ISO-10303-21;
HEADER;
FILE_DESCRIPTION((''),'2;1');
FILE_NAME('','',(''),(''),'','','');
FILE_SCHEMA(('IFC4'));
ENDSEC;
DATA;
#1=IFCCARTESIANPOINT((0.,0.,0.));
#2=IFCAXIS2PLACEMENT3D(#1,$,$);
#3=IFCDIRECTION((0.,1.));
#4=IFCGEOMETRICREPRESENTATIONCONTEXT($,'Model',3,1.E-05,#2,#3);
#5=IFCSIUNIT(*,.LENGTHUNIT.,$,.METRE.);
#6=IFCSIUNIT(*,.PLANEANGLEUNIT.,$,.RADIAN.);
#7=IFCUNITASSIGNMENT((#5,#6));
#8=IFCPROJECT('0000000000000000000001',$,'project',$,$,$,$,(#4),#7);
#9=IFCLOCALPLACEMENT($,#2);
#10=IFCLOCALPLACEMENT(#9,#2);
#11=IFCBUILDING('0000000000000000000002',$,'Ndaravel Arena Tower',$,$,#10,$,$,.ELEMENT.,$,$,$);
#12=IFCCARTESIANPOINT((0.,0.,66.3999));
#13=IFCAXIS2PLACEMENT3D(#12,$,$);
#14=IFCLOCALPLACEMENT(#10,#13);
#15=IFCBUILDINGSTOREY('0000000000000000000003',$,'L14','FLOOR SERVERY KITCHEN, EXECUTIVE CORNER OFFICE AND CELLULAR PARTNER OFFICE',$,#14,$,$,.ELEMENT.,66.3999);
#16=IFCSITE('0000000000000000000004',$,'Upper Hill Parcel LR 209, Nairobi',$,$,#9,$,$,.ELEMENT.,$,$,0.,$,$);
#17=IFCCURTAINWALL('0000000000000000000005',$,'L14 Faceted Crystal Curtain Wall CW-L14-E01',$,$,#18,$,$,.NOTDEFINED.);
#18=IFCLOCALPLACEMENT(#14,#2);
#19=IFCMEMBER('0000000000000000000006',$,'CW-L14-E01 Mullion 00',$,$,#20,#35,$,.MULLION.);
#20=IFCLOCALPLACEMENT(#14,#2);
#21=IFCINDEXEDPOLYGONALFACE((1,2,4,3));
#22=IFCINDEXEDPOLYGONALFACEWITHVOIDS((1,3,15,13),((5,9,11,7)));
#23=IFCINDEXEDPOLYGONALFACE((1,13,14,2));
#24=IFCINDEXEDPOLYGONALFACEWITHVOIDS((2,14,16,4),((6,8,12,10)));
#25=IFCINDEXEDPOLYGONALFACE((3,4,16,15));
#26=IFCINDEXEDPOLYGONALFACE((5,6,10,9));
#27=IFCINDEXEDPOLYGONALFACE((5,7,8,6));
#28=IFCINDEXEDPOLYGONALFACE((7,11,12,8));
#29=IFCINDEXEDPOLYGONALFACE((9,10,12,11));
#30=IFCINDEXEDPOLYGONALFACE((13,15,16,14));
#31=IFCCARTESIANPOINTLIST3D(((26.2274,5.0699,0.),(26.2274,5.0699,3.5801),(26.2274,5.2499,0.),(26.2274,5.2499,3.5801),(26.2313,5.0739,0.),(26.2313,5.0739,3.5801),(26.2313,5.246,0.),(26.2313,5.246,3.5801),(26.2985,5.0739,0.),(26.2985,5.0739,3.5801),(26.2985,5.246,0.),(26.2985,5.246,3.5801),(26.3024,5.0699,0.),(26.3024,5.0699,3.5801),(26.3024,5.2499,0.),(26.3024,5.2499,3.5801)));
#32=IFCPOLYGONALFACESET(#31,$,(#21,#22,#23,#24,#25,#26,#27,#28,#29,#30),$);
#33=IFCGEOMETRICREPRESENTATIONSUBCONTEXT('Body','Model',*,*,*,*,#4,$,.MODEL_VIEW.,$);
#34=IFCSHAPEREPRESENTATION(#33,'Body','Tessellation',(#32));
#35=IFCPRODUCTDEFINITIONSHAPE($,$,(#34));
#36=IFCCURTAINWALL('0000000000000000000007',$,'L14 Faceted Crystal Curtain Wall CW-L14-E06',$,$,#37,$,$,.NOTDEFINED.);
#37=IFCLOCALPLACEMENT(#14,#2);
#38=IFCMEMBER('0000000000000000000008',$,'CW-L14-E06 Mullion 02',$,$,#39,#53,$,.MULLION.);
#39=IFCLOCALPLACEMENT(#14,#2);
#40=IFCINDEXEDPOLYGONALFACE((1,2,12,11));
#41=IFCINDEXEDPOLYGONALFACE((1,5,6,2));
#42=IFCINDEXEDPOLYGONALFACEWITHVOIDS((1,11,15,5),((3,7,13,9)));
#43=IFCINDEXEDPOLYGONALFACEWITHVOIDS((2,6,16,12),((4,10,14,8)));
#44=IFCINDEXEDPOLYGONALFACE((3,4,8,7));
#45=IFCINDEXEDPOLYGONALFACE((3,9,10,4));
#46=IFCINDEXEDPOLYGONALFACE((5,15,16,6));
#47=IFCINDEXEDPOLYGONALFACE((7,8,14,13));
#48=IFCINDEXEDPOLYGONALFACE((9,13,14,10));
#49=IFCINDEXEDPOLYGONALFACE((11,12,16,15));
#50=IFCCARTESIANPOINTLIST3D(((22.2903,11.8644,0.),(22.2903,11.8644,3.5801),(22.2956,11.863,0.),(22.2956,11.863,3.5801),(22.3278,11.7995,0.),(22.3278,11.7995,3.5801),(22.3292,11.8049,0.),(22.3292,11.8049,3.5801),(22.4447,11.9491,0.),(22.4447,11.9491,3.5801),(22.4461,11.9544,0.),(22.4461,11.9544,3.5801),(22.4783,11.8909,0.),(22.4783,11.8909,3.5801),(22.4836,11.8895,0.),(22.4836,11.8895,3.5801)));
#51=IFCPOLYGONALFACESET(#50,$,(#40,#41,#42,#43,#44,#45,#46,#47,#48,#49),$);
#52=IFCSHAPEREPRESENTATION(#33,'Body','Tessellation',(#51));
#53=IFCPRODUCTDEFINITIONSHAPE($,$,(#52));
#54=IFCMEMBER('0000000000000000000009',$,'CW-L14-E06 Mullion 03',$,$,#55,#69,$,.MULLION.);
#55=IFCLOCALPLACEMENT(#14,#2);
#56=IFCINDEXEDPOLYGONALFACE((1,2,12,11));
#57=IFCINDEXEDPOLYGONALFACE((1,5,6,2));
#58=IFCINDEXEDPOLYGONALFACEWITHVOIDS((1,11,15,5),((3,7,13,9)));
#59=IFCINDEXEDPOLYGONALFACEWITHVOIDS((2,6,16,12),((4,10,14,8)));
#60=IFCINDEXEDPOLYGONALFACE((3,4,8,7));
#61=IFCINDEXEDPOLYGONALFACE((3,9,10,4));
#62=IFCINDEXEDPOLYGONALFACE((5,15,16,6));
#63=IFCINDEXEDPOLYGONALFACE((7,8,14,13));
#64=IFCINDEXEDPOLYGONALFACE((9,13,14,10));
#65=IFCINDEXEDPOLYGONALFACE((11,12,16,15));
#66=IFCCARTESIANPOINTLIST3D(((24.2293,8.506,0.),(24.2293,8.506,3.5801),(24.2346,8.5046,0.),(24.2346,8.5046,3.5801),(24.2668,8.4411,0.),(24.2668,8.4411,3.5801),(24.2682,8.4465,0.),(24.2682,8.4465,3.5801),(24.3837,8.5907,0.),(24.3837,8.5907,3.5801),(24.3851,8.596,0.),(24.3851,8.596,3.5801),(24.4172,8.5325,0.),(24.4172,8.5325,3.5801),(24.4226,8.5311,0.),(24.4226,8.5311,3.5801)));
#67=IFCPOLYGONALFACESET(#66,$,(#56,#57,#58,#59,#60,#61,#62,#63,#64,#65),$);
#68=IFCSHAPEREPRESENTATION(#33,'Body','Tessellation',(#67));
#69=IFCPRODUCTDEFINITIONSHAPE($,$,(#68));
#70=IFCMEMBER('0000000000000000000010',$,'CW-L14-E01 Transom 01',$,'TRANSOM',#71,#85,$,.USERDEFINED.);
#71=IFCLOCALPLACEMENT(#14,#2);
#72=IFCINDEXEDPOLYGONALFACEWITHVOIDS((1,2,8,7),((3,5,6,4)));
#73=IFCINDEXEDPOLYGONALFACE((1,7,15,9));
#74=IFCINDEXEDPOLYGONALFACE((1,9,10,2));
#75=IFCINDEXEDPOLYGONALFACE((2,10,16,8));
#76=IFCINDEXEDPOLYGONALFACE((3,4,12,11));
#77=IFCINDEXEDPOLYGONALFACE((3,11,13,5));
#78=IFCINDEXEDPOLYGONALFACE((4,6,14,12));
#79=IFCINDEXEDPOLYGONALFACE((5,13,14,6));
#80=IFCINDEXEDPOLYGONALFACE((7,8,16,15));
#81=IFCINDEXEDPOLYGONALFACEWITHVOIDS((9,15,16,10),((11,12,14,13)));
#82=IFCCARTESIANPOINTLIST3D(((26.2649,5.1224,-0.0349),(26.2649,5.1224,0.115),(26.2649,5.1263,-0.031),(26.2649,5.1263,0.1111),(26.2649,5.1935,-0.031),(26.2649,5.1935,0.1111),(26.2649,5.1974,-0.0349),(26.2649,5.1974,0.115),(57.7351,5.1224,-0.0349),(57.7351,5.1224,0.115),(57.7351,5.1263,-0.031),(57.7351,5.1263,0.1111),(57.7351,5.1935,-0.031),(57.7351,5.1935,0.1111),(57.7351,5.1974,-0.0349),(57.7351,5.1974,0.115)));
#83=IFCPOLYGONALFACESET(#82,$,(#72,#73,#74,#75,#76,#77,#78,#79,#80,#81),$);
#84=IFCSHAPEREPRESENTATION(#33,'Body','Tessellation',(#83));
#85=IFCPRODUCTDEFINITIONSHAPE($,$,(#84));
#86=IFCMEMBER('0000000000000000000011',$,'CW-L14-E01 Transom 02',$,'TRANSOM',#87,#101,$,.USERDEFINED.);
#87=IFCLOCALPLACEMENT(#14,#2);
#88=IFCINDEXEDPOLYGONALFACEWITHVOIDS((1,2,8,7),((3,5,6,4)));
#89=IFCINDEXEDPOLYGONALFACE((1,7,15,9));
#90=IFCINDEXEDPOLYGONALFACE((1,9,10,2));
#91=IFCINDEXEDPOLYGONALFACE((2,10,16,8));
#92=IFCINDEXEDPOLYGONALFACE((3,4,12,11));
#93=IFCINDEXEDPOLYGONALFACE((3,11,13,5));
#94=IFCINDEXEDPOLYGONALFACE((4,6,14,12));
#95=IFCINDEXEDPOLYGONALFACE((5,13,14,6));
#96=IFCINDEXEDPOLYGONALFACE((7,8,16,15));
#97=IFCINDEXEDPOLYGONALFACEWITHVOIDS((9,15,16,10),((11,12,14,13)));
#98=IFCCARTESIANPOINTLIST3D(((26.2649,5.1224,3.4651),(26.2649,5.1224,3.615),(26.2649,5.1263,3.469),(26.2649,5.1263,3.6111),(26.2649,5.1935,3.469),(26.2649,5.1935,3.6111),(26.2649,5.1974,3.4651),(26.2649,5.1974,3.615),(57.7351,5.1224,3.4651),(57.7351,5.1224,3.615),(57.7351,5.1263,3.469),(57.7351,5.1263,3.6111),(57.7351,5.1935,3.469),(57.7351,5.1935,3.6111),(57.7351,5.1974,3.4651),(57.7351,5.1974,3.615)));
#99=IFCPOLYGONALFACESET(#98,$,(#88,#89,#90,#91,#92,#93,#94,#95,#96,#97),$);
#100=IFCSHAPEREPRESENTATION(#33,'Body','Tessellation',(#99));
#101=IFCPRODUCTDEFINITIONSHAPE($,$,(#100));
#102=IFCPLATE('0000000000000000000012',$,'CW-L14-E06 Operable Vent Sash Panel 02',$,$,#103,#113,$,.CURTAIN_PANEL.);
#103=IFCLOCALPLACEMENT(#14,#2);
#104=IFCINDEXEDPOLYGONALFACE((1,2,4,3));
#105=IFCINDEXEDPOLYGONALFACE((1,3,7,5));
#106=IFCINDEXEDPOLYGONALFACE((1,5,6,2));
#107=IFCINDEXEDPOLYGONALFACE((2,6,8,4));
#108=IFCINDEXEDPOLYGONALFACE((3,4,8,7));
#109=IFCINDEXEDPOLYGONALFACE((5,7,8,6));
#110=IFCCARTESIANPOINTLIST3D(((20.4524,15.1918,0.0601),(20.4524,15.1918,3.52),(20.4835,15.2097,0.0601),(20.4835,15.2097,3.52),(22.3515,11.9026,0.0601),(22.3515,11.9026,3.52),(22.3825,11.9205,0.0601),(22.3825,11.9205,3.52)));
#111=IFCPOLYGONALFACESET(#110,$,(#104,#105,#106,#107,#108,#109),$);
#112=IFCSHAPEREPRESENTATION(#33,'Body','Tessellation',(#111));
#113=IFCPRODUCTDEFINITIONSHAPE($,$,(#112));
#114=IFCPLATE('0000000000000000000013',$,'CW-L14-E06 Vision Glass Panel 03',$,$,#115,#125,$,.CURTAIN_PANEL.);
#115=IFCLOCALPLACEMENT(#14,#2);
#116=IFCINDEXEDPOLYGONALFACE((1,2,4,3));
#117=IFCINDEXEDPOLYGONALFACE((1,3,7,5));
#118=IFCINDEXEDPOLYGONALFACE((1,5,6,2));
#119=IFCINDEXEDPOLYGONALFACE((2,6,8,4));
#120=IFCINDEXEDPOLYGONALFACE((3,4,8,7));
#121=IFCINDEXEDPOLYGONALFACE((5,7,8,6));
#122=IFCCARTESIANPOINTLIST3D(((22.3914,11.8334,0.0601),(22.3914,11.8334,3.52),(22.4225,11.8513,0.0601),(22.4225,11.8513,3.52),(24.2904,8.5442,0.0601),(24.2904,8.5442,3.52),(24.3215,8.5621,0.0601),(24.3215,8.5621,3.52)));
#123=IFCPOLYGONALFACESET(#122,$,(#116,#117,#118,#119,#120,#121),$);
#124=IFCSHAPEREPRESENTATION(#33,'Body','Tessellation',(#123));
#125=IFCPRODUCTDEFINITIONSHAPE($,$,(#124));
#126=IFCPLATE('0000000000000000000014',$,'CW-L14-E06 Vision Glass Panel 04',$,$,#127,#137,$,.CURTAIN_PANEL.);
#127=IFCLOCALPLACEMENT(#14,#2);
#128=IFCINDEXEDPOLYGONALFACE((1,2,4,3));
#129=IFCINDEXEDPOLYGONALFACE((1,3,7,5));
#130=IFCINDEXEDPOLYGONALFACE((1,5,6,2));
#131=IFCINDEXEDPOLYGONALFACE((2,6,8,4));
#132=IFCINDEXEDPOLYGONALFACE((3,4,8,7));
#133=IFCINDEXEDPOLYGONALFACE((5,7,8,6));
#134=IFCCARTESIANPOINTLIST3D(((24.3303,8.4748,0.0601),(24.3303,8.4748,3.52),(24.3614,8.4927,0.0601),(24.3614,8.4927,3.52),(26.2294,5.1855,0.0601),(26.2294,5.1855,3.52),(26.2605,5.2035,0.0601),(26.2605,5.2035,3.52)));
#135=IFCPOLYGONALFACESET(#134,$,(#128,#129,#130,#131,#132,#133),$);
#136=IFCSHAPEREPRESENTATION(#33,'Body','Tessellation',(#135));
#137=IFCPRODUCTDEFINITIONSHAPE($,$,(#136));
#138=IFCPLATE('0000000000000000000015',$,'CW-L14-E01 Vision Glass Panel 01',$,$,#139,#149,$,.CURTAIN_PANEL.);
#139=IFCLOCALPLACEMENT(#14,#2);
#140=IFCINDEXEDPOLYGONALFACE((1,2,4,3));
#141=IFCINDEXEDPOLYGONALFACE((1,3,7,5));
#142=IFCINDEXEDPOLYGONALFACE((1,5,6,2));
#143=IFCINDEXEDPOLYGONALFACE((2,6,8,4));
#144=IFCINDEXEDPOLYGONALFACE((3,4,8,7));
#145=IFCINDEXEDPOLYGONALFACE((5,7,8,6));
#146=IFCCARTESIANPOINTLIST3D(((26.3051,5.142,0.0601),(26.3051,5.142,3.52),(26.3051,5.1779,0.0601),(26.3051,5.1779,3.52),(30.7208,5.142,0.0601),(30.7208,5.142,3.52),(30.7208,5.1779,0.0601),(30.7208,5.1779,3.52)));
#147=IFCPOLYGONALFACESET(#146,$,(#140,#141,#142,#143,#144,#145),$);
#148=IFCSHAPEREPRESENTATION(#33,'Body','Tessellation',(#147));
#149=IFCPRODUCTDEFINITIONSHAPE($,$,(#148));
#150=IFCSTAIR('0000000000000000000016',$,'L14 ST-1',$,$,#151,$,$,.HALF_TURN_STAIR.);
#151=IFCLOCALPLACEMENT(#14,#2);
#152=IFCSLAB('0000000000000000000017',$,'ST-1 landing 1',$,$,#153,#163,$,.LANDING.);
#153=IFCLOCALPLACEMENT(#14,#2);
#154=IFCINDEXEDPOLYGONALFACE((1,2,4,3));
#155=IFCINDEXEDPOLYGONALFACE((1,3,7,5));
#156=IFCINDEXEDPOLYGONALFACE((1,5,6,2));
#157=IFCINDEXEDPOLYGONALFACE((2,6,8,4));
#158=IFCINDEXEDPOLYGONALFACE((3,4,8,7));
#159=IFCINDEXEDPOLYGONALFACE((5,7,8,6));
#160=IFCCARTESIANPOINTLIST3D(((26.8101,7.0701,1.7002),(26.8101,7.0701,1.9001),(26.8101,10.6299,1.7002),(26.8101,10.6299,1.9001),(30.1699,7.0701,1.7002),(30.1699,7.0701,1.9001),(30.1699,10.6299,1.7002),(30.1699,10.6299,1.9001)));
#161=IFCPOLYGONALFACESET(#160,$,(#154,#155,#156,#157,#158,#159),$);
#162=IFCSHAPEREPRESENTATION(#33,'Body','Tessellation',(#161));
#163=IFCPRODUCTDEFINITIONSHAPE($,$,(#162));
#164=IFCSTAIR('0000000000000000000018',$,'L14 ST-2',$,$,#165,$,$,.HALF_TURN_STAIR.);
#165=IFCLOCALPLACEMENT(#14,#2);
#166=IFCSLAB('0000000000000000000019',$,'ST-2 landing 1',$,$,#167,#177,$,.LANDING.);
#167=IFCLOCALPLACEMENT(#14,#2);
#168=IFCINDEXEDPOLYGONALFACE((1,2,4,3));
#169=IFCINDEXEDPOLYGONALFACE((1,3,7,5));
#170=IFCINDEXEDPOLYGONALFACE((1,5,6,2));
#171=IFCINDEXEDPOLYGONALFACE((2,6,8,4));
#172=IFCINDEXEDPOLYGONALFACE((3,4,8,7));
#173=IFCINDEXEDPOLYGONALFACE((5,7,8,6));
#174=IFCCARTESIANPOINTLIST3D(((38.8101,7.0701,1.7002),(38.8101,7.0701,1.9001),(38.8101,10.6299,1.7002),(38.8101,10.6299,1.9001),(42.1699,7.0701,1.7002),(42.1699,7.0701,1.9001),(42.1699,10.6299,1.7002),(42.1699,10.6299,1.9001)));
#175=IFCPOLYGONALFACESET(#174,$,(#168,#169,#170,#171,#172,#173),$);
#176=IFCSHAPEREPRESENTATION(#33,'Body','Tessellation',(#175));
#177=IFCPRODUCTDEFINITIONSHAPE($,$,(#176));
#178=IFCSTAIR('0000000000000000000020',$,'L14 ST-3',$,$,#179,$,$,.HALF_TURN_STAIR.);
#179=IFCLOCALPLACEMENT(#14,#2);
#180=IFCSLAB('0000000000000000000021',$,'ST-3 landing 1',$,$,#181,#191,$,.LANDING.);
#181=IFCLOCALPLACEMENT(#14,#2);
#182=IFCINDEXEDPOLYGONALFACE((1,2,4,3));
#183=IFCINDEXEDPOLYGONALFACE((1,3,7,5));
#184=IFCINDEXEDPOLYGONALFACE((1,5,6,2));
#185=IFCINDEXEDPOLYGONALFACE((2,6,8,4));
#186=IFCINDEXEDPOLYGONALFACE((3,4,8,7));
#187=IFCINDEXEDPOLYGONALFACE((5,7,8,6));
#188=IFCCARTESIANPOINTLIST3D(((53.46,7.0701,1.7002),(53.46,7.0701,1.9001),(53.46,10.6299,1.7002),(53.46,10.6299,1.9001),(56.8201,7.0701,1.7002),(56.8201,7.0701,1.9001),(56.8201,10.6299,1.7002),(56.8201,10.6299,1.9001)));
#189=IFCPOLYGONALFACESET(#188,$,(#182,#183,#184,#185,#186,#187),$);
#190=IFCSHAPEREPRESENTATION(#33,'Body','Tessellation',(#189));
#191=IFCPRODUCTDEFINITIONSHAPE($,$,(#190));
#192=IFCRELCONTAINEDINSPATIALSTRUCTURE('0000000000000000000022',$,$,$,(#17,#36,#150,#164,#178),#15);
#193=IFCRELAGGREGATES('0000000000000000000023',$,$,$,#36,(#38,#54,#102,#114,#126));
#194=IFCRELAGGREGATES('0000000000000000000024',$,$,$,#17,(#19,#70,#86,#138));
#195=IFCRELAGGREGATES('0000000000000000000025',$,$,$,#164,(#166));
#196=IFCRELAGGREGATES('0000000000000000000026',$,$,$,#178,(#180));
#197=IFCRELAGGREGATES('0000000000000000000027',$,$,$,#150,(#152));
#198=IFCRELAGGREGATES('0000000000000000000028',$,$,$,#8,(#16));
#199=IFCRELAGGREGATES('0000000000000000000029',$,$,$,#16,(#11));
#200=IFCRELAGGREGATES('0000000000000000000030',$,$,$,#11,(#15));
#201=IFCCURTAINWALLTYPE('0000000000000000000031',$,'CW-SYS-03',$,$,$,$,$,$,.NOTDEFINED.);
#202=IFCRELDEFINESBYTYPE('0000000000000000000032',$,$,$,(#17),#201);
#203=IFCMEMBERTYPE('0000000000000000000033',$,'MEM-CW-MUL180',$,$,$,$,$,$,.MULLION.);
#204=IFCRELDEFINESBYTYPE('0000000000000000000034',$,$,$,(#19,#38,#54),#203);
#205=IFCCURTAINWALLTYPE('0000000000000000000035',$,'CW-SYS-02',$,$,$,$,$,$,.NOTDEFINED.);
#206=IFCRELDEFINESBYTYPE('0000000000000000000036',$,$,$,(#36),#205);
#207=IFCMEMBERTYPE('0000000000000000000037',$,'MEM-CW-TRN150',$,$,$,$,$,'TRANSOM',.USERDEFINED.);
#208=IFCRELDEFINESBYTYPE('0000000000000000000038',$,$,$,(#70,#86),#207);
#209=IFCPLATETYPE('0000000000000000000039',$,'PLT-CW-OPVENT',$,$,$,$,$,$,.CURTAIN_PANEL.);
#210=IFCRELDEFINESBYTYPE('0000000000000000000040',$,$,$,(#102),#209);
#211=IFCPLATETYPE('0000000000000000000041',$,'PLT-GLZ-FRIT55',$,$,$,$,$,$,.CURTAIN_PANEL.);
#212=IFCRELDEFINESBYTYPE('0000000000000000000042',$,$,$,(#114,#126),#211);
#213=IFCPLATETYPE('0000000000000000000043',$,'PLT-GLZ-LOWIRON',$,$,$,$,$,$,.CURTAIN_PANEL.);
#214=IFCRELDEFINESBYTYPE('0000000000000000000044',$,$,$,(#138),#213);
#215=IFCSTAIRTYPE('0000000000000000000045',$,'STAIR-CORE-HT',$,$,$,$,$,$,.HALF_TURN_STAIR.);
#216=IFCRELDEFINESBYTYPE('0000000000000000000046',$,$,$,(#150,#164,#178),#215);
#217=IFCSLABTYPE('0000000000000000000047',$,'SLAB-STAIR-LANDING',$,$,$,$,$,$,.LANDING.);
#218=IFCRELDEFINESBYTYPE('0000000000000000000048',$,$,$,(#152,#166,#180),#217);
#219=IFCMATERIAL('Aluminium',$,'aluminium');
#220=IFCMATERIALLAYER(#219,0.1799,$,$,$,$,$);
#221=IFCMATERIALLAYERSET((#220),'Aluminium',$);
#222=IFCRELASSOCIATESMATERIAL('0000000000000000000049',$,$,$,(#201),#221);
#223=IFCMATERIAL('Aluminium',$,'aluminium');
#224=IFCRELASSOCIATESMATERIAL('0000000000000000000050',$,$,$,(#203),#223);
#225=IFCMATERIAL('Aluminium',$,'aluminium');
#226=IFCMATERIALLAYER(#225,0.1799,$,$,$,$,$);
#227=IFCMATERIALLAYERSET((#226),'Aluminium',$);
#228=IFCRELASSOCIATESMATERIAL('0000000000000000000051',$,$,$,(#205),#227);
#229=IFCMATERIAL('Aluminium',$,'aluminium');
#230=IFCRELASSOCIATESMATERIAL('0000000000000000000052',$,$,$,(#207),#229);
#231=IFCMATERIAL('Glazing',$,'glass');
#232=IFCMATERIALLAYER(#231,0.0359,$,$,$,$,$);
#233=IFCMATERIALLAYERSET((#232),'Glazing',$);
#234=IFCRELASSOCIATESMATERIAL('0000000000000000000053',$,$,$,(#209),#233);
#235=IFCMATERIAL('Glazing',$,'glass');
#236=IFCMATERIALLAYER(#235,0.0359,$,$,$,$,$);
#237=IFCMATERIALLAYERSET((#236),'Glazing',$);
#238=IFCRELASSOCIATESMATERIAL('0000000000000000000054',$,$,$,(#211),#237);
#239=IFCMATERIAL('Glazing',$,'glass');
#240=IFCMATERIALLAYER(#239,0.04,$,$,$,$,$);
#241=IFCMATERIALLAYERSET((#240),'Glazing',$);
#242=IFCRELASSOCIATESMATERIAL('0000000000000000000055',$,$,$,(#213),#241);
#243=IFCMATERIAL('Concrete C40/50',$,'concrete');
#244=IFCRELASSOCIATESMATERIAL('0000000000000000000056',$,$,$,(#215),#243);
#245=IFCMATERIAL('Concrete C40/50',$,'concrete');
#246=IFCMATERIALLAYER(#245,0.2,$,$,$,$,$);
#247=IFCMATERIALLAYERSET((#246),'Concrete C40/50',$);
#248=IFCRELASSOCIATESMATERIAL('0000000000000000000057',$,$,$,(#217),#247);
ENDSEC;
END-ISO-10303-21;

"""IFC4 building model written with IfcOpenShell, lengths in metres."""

from ifc_helpers import new_model, si_unit, direction, frame, origin, origin_2d, place, context, subcontext, project, spatial, polyline, rectangle, hollow_rectangle, outline, extrude, material, layer, layer_set, material_profile, profile_set, type_object, element, aggregate, save


model = new_model("IFC4")

# Units and contexts
model_context = context("Model", 3, precision=1e-05, world=origin(), true_north=direction((0.0, 1.0)))
body_context = subcontext(model_context, "Body", "Model", "MODEL_VIEW")
ifc_project = project(units=[si_unit("LENGTHUNIT", "METRE"), si_unit("PLANEANGLEUNIT", "RADIAN")], contexts=[model_context])

# Site, building, storey
site_placement = place(None, origin())
site = spatial("IfcSite", under=ifc_project, at=site_placement, Name="Upper Hill Parcel LR 209, Nairobi", CompositionType="ELEMENT", RefElevation=0.0)
building_placement = place(site_placement, origin())
building = spatial("IfcBuilding", under=site, at=building_placement, Name="Ndaravel Arena Tower", CompositionType="ELEMENT")
storey_placement = place(building_placement, frame((0.0, 0.0, 66.3999)))
storey = spatial("IfcBuildingStorey", under=building, at=storey_placement, Name="L14", Description="FLOOR SERVERY KITCHEN, EXECUTIVE CORNER OFFICE AND CELLULAR PARTNER OFFICE", CompositionType="ELEMENT", Elevation=66.3999)

# Curtain wall, member
ifc_material_1 = material(Name="Aluminium", Category="aluminium")
ifc_layer_1 = layer(ifc_material_1, 0.1799)
ifc_layer_set_1 = layer_set([ifc_layer_1], Name="Aluminium")
curtain_wall_type_1 = type_object("IfcCurtainWallType", Name="CW-SYS-03", PredefinedType="NOTDEFINED", material=ifc_layer_set_1)
curtain_wall_1_placement = place(storey_placement, origin())
curtain_wall_1 = element("IfcCurtainWall", 1, at=curtain_wall_1_placement, inside=storey, type_object=curtain_wall_type_1, Name="L14 Faceted Crystal Curtain Wall CW-L14-E01", PredefinedType="NOTDEFINED")
ifc_material_2 = material(Name="Aluminium", Category="aluminium")
ifc_material_profile_1 = material_profile(ifc_material_2, hollow_rectangle(XDim=0.075, YDim=0.1799, WallThickness=0.0039, at=origin_2d()), Name="CW MULLION 75x180x4")
ifc_profile_set_1 = profile_set([ifc_material_profile_1], Name="Aluminium")
member_type_1 = type_object("IfcMemberType", Name="MEM-CW-MUL180", PredefinedType="MULLION", material=ifc_profile_set_1)
member_1_placement = place(storey_placement, frame((26.2649, 5.1599, 0.0), z_axis=(0.0, 0.0, 1.0), x_axis=(1.0, 0.0, 0.0)))
member_1 = element("IfcMember", 2, at=member_1_placement, type_object=member_type_1, Name="CW-L14-E01 Mullion 00", PredefinedType="MULLION", context=body_context, shape_type="SweptSolid", body=[
    extrude(hollow_rectangle(XDim=0.075, YDim=0.1799, WallThickness=0.0039, at=origin_2d()), origin(), (0.0, 0.0, 1.0), 3.5801),
])

# Curtain wall, members
ifc_material_3 = material(Name="Aluminium", Category="aluminium")
ifc_layer_2 = layer(ifc_material_3, 0.1799)
ifc_layer_set_2 = layer_set([ifc_layer_2], Name="Aluminium")
curtain_wall_type_2 = type_object("IfcCurtainWallType", Name="CW-SYS-02", PredefinedType="NOTDEFINED", material=ifc_layer_set_2)
curtain_wall_2_placement = place(storey_placement, origin())
curtain_wall_2 = element("IfcCurtainWall", 3, at=curtain_wall_2_placement, inside=storey, type_object=curtain_wall_type_2, Name="L14 Faceted Crystal Curtain Wall CW-L14-E06", PredefinedType="NOTDEFINED")
member_2_placement = place(storey_placement, frame((22.387, 11.877, 0.0), z_axis=(0.0, 0.0, 1.0), x_axis=(0.5, -0.866025, 0.0)))
member_2 = element("IfcMember", 4, at=member_2_placement, type_object=member_type_1, Name="CW-L14-E06 Mullion 02", PredefinedType="MULLION", context=body_context, shape_type="SweptSolid", body=[
    extrude(hollow_rectangle(XDim=0.075, YDim=0.1799, WallThickness=0.0039, at=origin_2d()), origin(), (0.0, 0.0, 1.0), 3.5801),
])
member_3_placement = place(storey_placement, frame((24.3259, 8.5186, 0.0), z_axis=(0.0, 0.0, 1.0), x_axis=(0.5, -0.866025, 0.0)))
member_3 = element("IfcMember", 5, at=member_3_placement, type_object=member_type_1, Name="CW-L14-E06 Mullion 03", PredefinedType="MULLION", context=body_context, shape_type="SweptSolid", body=[
    extrude(hollow_rectangle(XDim=0.075, YDim=0.1799, WallThickness=0.0039, at=origin_2d()), origin(), (0.0, 0.0, 1.0), 3.5801),
])

# Members
ifc_material_4 = material(Name="Aluminium", Category="aluminium")
ifc_material_profile_2 = material_profile(ifc_material_4, hollow_rectangle(XDim=0.075, YDim=0.1499, WallThickness=0.0039, at=origin_2d()), Name="CW TRANSOM 75x150x4")
ifc_profile_set_2 = profile_set([ifc_material_profile_2], Name="Aluminium")
member_type_2 = type_object("IfcMemberType", Name="MEM-CW-TRN150", ElementType="TRANSOM", PredefinedType="USERDEFINED", material=ifc_profile_set_2)
member_4_placement = place(storey_placement, frame((26.2649, 5.1599, 0.04), z_axis=(1.0, 0.0, 0.0), x_axis=(0.0, 1.0, 0.0)))
member_4 = element("IfcMember", 6, at=member_4_placement, type_object=member_type_2, Name="CW-L14-E01 Transom 01", ObjectType="TRANSOM", PredefinedType="USERDEFINED", context=body_context, shape_type="SweptSolid", body=[
    extrude(hollow_rectangle(XDim=0.075, YDim=0.1499, WallThickness=0.0039, at=origin_2d()), origin(), (0.0, 0.0, 1.0), 31.4702),
])
member_5_placement = place(storey_placement, frame((26.2649, 5.1599, 3.54), z_axis=(1.0, 0.0, 0.0), x_axis=(0.0, 1.0, 0.0)))
member_5 = element("IfcMember", 7, at=member_5_placement, type_object=member_type_2, Name="CW-L14-E01 Transom 02", ObjectType="TRANSOM", PredefinedType="USERDEFINED", context=body_context, shape_type="SweptSolid", body=[
    extrude(hollow_rectangle(XDim=0.075, YDim=0.1499, WallThickness=0.0039, at=origin_2d()), origin(), (0.0, 0.0, 1.0), 31.4702),
])

# Plates
ifc_material_5 = material(Name="Glazing", Category="glass")
ifc_layer_3 = layer(ifc_material_5, 0.0359)
ifc_layer_set_3 = layer_set([ifc_layer_3], Name="Glazing")
plate_type_1 = type_object("IfcPlateType", Name="PLT-CW-OPVENT", PredefinedType="CURTAIN_PANEL", material=ifc_layer_set_3)
plate_1_placement = place(storey_placement, frame((21.4175, 13.5562, 0.0601), z_axis=(0.0, 0.0, 1.0), x_axis=(0.5, -0.866025, 0.0)))
plate_1 = element("IfcPlate", 8, at=plate_1_placement, type_object=plate_type_1, Name="CW-L14-E06 Operable Vent Sash Panel 02", PredefinedType="CURTAIN_PANEL", context=body_context, shape_type="SweptSolid", body=[
    extrude(rectangle(XDim=3.7981, YDim=0.0359, at=origin_2d()), origin(), (0.0, 0.0, 1.0), 3.46),
])
ifc_material_6 = material(Name="Glazing", Category="glass")
ifc_layer_4 = layer(ifc_material_6, 0.0359)
ifc_layer_set_4 = layer_set([ifc_layer_4], Name="Glazing")
plate_type_2 = type_object("IfcPlateType", Name="PLT-GLZ-FRIT55", PredefinedType="CURTAIN_PANEL", material=ifc_layer_set_4)
plate_2_placement = place(storey_placement, frame((23.3564, 10.1978, 0.0601), z_axis=(0.0, 0.0, 1.0), x_axis=(0.5, -0.866025, 0.0)))
plate_2 = element("IfcPlate", 9, at=plate_2_placement, type_object=plate_type_2, Name="CW-L14-E06 Vision Glass Panel 03", PredefinedType="CURTAIN_PANEL", context=body_context, shape_type="SweptSolid", body=[
    extrude(rectangle(XDim=3.7981, YDim=0.0359, at=origin_2d()), origin(), (0.0, 0.0, 1.0), 3.46),
])
plate_3_placement = place(storey_placement, frame((25.2954, 6.8391, 0.0601), z_axis=(0.0, 0.0, 1.0), x_axis=(0.5, -0.866025, 0.0)))
plate_3 = element("IfcPlate", 10, at=plate_3_placement, type_object=plate_type_2, Name="CW-L14-E06 Vision Glass Panel 04", PredefinedType="CURTAIN_PANEL", context=body_context, shape_type="SweptSolid", body=[
    extrude(rectangle(XDim=3.7981, YDim=0.0359, at=origin_2d()), origin(), (0.0, 0.0, 1.0), 3.46),
])
aggregate(curtain_wall_2, [member_2, member_3, plate_1, plate_2, plate_3])
ifc_material_7 = material(Name="Glazing", Category="glass")
ifc_layer_5 = layer(ifc_material_7, 0.04)
ifc_layer_set_5 = layer_set([ifc_layer_5], Name="Glazing")
plate_type_3 = type_object("IfcPlateType", Name="PLT-GLZ-LOWIRON", PredefinedType="CURTAIN_PANEL", material=ifc_layer_set_5)
plate_4_placement = place(storey_placement, frame((28.5129, 5.1599, 0.0601), z_axis=(0.0, 0.0, 1.0), x_axis=(1.0, 0.0, 0.0)))
plate_4 = element("IfcPlate", 11, at=plate_4_placement, type_object=plate_type_3, Name="CW-L14-E01 Vision Glass Panel 01", PredefinedType="CURTAIN_PANEL", context=body_context, shape_type="SweptSolid", body=[
    extrude(rectangle(XDim=4.4158, YDim=0.0359, at=origin_2d()), origin(), (0.0, 0.0, 1.0), 3.46),
])
aggregate(curtain_wall_1, [member_1, member_4, member_5, plate_4])

# Stairs, slabs
ifc_material_8 = material(Name="Concrete C40/50", Category="concrete")
stair_type = type_object("IfcStairType", Name="STAIR-CORE-HT", PredefinedType="HALF_TURN_STAIR", material=ifc_material_8)
stair_1_placement = place(storey_placement, origin())
stair_1 = element("IfcStair", 12, at=stair_1_placement, inside=storey, type_object=stair_type, Name="L14 ST-1", PredefinedType="HALF_TURN_STAIR")
ifc_material_9 = material(Name="Concrete C40/50", Category="concrete")
ifc_layer_6 = layer(ifc_material_9, 0.2)
ifc_layer_set_6 = layer_set([ifc_layer_6], Name="Concrete C40/50")
slab_type_1 = type_object("IfcSlabType", Name="SLAB-STAIR-LANDING", PredefinedType="LANDING", material=ifc_layer_set_6)
slab_1_placement = place(storey_placement, frame((0.0, 0.0, 1.7002)))
slab_1 = element("IfcSlab", 13, at=slab_1_placement, type_object=slab_type_1, Name="ST-1 landing 1", PredefinedType="LANDING", context=body_context, shape_type="SweptSolid", body=[
    extrude(outline(polyline([(26.8101, 10.6299), (26.8101, 7.0701), (30.1699, 7.0701), (30.1699, 10.6299), (26.8101, 10.6299)])), origin(), (0.0, 0.0, 1.0), 0.2),
])
stair_2_placement = place(storey_placement, origin())
stair_2 = element("IfcStair", 14, at=stair_2_placement, inside=storey, type_object=stair_type, Name="L14 ST-2", PredefinedType="HALF_TURN_STAIR")
slab_2_placement = place(storey_placement, frame((0.0, 0.0, 1.7002)))
slab_2 = element("IfcSlab", 15, at=slab_2_placement, type_object=slab_type_1, Name="ST-2 landing 1", PredefinedType="LANDING", context=body_context, shape_type="SweptSolid", body=[
    extrude(outline(polyline([(38.8101, 10.6299), (38.8101, 7.0701), (42.1699, 7.0701), (42.1699, 10.6299), (38.8101, 10.6299)])), origin(), (0.0, 0.0, 1.0), 0.2),
])
aggregate(stair_2, [slab_2])
stair_3_placement = place(storey_placement, origin())
stair_3 = element("IfcStair", 16, at=stair_3_placement, inside=storey, type_object=stair_type, Name="L14 ST-3", PredefinedType="HALF_TURN_STAIR")
slab_3_placement = place(storey_placement, frame((0.0, 0.0, 1.7002)))
slab_3 = element("IfcSlab", 17, at=slab_3_placement, type_object=slab_type_1, Name="ST-3 landing 1", PredefinedType="LANDING", context=body_context, shape_type="SweptSolid", body=[
    extrude(outline(polyline([(53.46, 10.6299), (53.46, 7.0701), (56.8201, 7.0701), (56.8201, 10.6299), (53.46, 10.6299)])), origin(), (0.0, 0.0, 1.0), 0.2),
])
aggregate(stair_3, [slab_3])

aggregate(stair_1, [slab_1])

save(model, "model.ifc")
